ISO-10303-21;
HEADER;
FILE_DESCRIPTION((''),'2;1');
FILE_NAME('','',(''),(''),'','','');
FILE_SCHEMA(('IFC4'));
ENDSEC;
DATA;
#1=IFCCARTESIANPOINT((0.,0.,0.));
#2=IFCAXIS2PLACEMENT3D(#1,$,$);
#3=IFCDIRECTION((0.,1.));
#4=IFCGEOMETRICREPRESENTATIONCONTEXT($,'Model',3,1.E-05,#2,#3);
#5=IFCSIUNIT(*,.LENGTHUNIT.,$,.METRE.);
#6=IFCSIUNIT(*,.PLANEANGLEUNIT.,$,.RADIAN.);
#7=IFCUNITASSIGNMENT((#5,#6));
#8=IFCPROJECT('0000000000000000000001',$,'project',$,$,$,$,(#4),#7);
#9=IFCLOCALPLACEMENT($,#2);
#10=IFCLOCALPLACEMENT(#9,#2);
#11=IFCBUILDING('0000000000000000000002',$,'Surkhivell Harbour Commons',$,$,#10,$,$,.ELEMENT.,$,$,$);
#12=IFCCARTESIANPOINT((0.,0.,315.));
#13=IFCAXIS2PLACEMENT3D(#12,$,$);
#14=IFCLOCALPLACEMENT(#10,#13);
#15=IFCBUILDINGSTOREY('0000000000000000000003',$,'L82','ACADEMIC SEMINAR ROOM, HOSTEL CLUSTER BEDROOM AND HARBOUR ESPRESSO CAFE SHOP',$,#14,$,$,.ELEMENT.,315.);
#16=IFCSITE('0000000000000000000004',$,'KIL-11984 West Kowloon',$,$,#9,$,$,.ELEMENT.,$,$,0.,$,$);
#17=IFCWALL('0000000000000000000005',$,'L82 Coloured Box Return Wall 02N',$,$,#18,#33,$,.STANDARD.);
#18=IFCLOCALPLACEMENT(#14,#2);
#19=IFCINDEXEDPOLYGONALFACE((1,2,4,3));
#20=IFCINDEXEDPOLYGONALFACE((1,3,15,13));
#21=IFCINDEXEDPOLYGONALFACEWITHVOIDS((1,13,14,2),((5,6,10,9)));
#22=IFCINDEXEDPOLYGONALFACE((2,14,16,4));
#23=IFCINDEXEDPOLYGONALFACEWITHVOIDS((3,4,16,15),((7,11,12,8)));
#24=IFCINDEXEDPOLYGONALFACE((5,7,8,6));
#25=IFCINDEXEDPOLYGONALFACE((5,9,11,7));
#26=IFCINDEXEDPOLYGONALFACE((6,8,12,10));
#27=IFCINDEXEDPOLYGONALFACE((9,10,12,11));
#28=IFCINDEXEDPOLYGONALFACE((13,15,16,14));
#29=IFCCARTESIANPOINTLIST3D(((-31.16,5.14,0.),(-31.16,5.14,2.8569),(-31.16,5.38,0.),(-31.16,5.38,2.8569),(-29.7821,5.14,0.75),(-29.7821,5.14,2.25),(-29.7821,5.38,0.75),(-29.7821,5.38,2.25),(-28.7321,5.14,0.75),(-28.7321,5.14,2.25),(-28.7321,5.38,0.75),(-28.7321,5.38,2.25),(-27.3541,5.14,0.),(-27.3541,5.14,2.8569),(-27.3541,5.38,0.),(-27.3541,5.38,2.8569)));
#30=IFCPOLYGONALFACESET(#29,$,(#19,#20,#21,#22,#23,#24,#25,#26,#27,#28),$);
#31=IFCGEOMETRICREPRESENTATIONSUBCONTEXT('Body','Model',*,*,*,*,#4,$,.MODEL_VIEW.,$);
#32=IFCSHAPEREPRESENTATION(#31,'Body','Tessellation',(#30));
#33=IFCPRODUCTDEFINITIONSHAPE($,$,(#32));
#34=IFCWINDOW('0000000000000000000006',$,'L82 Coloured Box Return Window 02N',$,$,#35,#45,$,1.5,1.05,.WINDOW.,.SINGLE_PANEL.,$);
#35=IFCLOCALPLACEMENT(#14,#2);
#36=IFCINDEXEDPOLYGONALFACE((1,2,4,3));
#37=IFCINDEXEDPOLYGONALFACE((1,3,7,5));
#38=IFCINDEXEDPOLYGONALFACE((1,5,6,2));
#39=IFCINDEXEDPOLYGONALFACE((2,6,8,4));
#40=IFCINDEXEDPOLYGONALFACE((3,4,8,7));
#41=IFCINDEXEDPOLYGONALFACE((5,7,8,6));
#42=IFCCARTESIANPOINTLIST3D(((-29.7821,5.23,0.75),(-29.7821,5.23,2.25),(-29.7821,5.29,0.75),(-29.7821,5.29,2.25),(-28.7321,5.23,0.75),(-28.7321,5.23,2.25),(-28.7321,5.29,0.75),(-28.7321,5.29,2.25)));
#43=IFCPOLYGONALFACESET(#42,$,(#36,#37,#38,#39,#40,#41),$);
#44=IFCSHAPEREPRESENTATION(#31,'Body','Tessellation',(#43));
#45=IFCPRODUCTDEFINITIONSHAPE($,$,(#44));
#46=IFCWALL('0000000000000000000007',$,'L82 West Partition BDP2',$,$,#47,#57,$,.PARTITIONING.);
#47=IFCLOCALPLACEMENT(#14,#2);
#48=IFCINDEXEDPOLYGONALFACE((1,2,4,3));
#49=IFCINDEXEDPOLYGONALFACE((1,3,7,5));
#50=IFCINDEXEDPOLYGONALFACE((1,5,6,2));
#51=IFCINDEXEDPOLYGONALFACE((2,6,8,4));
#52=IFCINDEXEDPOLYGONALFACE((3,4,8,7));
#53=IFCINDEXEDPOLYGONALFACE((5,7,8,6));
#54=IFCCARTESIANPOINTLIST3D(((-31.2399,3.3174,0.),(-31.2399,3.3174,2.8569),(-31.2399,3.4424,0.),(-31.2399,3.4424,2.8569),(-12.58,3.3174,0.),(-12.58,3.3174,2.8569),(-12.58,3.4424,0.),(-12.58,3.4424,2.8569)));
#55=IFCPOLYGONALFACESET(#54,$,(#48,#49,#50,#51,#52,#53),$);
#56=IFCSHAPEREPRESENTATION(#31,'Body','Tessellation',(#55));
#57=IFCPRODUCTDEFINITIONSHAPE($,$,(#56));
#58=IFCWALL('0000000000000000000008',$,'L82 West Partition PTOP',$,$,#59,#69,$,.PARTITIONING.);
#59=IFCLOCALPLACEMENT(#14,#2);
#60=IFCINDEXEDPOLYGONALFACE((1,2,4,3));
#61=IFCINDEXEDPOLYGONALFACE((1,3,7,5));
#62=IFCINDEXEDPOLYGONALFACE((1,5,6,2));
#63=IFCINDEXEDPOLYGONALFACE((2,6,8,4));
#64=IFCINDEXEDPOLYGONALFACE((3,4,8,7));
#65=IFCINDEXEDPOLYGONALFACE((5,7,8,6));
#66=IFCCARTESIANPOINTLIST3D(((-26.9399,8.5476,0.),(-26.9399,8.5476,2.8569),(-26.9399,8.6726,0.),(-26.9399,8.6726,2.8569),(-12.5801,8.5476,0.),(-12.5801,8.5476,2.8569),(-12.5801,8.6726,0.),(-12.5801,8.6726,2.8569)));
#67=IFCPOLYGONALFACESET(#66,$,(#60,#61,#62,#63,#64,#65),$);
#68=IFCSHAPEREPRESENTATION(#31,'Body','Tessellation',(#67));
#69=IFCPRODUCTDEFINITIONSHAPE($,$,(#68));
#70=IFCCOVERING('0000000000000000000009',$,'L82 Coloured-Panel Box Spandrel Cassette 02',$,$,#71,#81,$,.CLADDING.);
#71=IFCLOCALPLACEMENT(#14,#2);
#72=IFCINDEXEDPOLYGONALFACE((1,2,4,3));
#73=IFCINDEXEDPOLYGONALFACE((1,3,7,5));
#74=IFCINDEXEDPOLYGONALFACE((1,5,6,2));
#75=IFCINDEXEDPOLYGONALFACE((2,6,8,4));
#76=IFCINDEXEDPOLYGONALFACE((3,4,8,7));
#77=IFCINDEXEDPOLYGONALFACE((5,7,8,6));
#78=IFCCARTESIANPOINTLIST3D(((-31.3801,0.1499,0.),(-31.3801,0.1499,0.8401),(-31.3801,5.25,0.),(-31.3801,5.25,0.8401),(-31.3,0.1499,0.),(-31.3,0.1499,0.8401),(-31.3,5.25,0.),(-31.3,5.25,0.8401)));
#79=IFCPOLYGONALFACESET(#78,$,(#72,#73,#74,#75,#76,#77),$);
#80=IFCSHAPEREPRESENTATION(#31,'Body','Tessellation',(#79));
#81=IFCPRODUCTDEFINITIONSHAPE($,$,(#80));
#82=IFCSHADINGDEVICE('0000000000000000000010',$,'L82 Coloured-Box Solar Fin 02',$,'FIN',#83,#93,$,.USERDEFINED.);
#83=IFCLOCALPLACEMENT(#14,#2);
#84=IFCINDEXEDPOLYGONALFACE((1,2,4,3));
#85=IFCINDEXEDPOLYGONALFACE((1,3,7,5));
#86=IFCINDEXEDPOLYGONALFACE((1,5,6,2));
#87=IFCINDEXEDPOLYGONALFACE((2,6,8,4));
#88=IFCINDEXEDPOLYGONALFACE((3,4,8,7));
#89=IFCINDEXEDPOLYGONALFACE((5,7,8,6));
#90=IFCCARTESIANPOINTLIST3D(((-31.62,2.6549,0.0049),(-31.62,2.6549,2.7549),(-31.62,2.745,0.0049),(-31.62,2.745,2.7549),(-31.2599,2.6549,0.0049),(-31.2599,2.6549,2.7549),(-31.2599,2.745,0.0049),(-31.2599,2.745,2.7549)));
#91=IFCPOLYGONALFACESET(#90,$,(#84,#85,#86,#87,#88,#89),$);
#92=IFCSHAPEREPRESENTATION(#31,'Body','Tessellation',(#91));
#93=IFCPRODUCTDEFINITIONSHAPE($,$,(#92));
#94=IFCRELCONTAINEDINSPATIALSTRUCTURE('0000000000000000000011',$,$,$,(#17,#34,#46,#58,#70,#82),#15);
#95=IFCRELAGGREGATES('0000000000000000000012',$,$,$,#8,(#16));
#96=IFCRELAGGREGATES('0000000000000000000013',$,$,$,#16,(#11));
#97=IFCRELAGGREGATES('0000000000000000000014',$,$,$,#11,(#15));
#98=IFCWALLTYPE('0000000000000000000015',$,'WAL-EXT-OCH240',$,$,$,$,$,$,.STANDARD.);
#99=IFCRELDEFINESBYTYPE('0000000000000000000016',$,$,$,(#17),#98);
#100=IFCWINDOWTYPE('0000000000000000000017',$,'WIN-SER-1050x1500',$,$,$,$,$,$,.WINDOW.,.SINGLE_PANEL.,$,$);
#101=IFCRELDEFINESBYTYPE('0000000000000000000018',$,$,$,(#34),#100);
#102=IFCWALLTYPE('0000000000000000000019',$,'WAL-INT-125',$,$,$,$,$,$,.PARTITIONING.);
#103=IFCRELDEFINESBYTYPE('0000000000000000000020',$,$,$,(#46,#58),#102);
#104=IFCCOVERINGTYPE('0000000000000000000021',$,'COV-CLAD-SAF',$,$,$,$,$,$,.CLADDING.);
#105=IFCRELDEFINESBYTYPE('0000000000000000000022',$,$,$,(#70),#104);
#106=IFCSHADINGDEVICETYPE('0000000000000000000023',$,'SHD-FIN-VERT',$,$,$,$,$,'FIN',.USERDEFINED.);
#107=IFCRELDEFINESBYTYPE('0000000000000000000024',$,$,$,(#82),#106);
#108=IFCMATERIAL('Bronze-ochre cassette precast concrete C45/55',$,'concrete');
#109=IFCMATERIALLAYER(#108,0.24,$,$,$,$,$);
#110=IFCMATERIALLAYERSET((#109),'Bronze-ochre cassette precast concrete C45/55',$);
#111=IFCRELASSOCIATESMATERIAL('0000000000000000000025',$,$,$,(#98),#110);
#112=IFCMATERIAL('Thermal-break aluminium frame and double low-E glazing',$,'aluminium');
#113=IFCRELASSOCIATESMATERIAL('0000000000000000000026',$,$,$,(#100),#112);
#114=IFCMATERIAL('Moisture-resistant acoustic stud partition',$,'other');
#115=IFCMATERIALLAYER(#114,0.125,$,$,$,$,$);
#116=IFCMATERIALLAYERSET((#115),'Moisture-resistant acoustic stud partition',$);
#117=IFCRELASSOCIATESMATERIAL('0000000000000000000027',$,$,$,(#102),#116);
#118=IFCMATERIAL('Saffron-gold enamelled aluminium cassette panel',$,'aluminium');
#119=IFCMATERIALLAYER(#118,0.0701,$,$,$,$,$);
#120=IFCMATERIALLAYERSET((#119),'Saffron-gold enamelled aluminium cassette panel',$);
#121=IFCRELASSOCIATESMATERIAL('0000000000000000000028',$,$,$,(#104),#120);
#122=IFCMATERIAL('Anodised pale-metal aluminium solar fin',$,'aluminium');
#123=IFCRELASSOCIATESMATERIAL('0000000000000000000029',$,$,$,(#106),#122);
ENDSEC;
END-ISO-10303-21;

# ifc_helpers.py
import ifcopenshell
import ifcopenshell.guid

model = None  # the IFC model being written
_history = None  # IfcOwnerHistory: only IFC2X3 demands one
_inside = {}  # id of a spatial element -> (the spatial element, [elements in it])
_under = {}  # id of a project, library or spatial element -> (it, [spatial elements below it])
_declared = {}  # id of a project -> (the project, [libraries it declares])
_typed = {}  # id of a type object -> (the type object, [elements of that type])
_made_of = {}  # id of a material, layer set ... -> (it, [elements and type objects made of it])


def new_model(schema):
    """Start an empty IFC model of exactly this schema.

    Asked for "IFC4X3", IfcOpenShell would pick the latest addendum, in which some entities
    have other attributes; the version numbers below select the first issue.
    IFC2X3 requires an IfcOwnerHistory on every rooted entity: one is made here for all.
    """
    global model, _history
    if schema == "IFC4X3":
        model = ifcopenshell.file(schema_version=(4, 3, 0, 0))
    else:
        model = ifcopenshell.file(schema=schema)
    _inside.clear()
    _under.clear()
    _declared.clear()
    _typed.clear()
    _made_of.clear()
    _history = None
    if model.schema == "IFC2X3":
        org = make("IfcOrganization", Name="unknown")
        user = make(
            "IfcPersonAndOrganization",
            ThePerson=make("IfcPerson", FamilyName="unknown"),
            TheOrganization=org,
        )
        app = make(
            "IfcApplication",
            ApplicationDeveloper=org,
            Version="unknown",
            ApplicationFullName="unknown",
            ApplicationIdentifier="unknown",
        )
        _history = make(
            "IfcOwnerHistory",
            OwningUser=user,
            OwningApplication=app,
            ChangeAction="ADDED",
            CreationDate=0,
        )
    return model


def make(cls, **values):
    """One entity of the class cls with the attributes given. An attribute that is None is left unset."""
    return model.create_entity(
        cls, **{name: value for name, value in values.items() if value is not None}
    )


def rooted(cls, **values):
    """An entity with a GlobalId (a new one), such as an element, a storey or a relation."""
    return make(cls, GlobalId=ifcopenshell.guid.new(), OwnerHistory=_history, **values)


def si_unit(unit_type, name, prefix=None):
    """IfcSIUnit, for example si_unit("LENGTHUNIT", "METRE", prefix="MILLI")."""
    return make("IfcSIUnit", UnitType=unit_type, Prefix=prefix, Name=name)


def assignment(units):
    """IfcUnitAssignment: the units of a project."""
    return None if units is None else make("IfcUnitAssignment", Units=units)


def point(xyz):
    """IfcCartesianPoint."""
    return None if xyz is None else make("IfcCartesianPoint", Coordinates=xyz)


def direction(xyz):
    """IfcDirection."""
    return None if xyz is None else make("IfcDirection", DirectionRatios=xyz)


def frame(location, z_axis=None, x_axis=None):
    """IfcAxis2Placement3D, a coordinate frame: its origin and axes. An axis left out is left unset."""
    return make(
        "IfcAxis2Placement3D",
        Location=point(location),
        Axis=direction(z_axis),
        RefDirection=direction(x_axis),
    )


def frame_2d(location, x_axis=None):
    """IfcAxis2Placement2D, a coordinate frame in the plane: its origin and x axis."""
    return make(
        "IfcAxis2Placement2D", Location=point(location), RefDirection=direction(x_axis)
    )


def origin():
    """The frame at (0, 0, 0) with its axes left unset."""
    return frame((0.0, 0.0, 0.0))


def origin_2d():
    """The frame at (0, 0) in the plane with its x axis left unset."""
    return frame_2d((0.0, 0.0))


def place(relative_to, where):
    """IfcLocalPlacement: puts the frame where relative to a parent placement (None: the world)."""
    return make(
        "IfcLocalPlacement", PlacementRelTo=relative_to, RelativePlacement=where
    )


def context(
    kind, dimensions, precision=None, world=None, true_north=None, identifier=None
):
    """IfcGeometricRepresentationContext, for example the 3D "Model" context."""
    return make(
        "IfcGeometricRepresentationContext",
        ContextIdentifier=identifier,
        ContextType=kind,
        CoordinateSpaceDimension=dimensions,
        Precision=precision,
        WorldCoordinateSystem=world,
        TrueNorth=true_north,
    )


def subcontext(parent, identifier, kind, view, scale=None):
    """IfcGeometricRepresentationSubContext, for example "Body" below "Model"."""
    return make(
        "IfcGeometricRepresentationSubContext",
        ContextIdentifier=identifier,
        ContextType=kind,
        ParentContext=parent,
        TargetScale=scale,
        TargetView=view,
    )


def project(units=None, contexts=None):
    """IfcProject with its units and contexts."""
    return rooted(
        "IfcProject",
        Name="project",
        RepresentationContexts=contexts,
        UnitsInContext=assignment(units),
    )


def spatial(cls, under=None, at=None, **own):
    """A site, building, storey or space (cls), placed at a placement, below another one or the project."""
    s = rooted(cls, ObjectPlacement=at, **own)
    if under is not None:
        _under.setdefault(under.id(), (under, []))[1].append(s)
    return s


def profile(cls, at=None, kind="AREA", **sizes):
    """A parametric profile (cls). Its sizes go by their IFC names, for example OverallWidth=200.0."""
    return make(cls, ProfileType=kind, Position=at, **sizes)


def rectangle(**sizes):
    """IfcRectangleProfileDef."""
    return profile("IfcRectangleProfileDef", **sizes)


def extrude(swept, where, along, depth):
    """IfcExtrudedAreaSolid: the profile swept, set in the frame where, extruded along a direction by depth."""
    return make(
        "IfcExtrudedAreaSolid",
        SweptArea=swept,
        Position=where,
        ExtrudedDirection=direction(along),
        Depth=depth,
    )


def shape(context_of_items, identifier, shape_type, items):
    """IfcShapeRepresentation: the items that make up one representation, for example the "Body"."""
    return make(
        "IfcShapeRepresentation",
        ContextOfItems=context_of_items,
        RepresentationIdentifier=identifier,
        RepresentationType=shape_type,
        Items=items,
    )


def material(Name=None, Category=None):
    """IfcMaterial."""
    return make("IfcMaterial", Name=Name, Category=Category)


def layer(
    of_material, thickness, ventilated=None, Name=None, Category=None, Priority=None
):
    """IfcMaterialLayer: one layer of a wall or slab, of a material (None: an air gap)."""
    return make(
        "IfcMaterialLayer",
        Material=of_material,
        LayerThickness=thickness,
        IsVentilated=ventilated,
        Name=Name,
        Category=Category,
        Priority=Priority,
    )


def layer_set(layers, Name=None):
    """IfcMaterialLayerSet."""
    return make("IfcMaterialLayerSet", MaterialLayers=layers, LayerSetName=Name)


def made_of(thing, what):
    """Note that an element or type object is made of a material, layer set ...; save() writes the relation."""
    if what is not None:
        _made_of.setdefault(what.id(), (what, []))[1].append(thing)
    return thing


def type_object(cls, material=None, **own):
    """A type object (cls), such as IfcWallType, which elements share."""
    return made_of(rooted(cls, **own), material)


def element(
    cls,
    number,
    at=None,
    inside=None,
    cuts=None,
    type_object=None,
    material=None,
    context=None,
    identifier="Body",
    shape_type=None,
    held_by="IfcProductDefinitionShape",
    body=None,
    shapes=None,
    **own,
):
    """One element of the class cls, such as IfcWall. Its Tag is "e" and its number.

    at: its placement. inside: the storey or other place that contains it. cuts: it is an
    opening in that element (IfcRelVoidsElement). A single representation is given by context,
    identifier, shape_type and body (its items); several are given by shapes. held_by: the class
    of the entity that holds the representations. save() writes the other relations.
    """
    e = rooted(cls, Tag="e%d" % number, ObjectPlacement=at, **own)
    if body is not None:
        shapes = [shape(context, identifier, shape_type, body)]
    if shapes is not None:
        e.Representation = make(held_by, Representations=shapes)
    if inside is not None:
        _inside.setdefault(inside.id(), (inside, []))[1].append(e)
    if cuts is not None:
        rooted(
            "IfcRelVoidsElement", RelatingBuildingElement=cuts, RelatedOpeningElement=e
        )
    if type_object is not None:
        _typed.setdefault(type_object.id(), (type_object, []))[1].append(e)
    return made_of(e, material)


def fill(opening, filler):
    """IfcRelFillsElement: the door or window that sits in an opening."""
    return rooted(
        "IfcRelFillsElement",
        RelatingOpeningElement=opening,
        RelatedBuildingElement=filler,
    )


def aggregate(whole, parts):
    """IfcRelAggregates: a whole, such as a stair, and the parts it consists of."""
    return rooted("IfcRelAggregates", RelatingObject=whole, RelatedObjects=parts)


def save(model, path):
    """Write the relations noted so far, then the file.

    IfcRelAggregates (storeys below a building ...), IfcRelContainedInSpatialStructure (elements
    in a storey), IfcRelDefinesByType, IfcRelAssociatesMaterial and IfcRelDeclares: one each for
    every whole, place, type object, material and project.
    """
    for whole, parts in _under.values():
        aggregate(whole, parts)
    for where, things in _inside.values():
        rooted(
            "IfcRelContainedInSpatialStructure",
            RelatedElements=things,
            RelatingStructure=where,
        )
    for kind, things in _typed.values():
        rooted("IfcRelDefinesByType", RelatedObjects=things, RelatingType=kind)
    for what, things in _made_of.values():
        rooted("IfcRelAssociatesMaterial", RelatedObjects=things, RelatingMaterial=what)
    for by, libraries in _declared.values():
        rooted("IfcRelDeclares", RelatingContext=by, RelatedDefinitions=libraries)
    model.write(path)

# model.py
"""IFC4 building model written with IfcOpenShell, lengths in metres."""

from ifc_helpers import new_model, si_unit, direction, frame, frame_2d, origin, origin_2d, place, context, subcontext, project, spatial, rectangle, extrude, material, layer, layer_set, type_object, element, fill, save


model = new_model("IFC4")

# Units and contexts
model_context = context("Model", 3, precision=1e-05, world=origin(), true_north=direction((0.0, 1.0)))
body_context = subcontext(model_context, "Body", "Model", "MODEL_VIEW")
ifc_project = project(units=[si_unit("LENGTHUNIT", "METRE"), si_unit("PLANEANGLEUNIT", "RADIAN")], contexts=[model_context])

# Site, building, storey
site_placement = place(None, origin())
site = spatial("IfcSite", under=ifc_project, at=site_placement, Name="KIL-11984 West Kowloon", CompositionType="ELEMENT", RefElevation=0.0)
building_placement = place(site_placement, origin())
building = spatial("IfcBuilding", under=site, at=building_placement, Name="Surkhivell Harbour Commons", CompositionType="ELEMENT")
storey_placement = place(building_placement, frame((0.0, 0.0, 315.0)))
storey = spatial("IfcBuildingStorey", under=building, at=storey_placement, Name="L82", Description="ACADEMIC SEMINAR ROOM, HOSTEL CLUSTER BEDROOM AND HARBOUR ESPRESSO CAFE SHOP", CompositionType="ELEMENT", Elevation=315.0)

# Wall, opening, window
ifc_material_1 = material(Name="Bronze-ochre cassette precast concrete C45/55", Category="concrete")
ifc_layer_1 = layer(ifc_material_1, 0.24)
ifc_layer_set_1 = layer_set([ifc_layer_1], Name="Bronze-ochre cassette precast concrete C45/55")
wall_type_1 = type_object("IfcWallType", Name="WAL-EXT-OCH240", PredefinedType="STANDARD", material=ifc_layer_set_1)
ifc_material_2 = material(Name="Thermal-break aluminium frame and double low-E glazing", Category="aluminium")
window_type_1 = type_object("IfcWindowType", Name="WIN-SER-1050x1500", PartitioningType="SINGLE_PANEL", PredefinedType="WINDOW", material=ifc_material_2)
wall_1_placement = place(storey_placement, frame((-31.1599, 5.26, 0.0), z_axis=(0.0, 0.0, 1.0), x_axis=(1.0, 0.0, 0.0)))
wall_1 = element("IfcWall", 1, at=wall_1_placement, inside=storey, type_object=wall_type_1, Name="L82 Coloured Box Return Wall 02N", PredefinedType="STANDARD", context=body_context, shape_type="SweptSolid", body=[
    extrude(rectangle(XDim=3.8059, YDim=0.24, at=frame_2d((1.9028, 0.0))), origin(), (0.0, 0.0, 1.0), 2.8569),
])
opening_1_placement = place(wall_1_placement, frame((1.3779, 0.0, 0.75)))
opening_1 = element("IfcOpeningElement", 2, at=opening_1_placement, cuts=wall_1, PredefinedType="OPENING", context=body_context, shape_type="SweptSolid", body=[
    extrude(rectangle(XDim=1.05, YDim=1.5, at=frame_2d((0.5249, 0.75))), frame((0.0, 0.1299, 0.0), z_axis=(0.0, -1.0, 0.0), x_axis=(1.0, 0.0, 0.0)), (0.0, 0.0, 1.0), 0.26),
])
window_1_placement = place(opening_1_placement, origin())
window_1 = element("IfcWindow", 3, at=window_1_placement, inside=storey, type_object=window_type_1, Name="L82 Coloured Box Return Window 02N", OverallHeight=1.5, OverallWidth=1.05, PartitioningType="SINGLE_PANEL", PredefinedType="WINDOW", context=body_context, shape_type="SweptSolid", body=[
    extrude(rectangle(XDim=1.05, YDim=1.5, at=frame_2d((0.5249, 0.75))), frame((0.0, 0.03, 0.0), z_axis=(0.0, -1.0, 0.0), x_axis=(1.0, 0.0, 0.0)), (0.0, 0.0, 1.0), 0.0601),
])
fill(opening_1, window_1)

# Walls
ifc_material_3 = material(Name="Moisture-resistant acoustic stud partition", Category="other")
ifc_layer_2 = layer(ifc_material_3, 0.125)
ifc_layer_set_2 = layer_set([ifc_layer_2], Name="Moisture-resistant acoustic stud partition")
wall_type_2 = type_object("IfcWallType", Name="WAL-INT-125", PredefinedType="PARTITIONING", material=ifc_layer_set_2)
wall_2_placement = place(storey_placement, frame((-31.24, 3.3799, 0.0), z_axis=(0.0, 0.0, 1.0), x_axis=(1.0, 0.0, 0.0)))
element("IfcWall", 4, at=wall_2_placement, inside=storey, type_object=wall_type_2, Name="L82 West Partition BDP2", PredefinedType="PARTITIONING", context=body_context, shape_type="SweptSolid", body=[
    extrude(rectangle(XDim=18.6599, YDim=0.125, at=frame_2d((9.3301, 0.0))), origin(), (0.0, 0.0, 1.0), 2.8569),
])
wall_3_placement = place(storey_placement, frame((-26.9399, 8.6101, 0.0), z_axis=(0.0, 0.0, 1.0), x_axis=(1.0, 0.0, 0.0)))
element("IfcWall", 5, at=wall_3_placement, inside=storey, type_object=wall_type_2, Name="L82 West Partition PTOP", PredefinedType="PARTITIONING", context=body_context, shape_type="SweptSolid", body=[
    extrude(rectangle(XDim=14.3599, YDim=0.125, at=frame_2d((7.1799, 0.0))), origin(), (0.0, 0.0, 1.0), 2.8569),
])

# Covering
ifc_material_4 = material(Name="Saffron-gold enamelled aluminium cassette panel", Category="aluminium")
ifc_layer_3 = layer(ifc_material_4, 0.0701)
ifc_layer_set_3 = layer_set([ifc_layer_3], Name="Saffron-gold enamelled aluminium cassette panel")
covering_type = type_object("IfcCoveringType", Name="COV-CLAD-SAF", PredefinedType="CLADDING", material=ifc_layer_set_3)
covering_placement = place(storey_placement, frame((-31.3401, 2.7, 0.0), z_axis=(0.0, 0.0, 1.0), x_axis=(1.0, 0.0, 0.0)))
element("IfcCovering", 6, at=covering_placement, inside=storey, type_object=covering_type, Name="L82 Coloured-Panel Box Spandrel Cassette 02", PredefinedType="CLADDING", context=body_context, shape_type="SweptSolid", body=[
    extrude(rectangle(XDim=0.0801, YDim=5.1001, at=origin_2d()), origin(), (0.0, 0.0, 1.0), 0.8401),
])

# Shading device
ifc_material_5 = material(Name="Anodised pale-metal aluminium solar fin", Category="aluminium")
shading_device_type = type_object("IfcShadingDeviceType", Name="SHD-FIN-VERT", ElementType="FIN", PredefinedType="USERDEFINED", material=ifc_material_5)
shading_device_placement = place(storey_placement, frame((-31.4399, 2.7, 0.0049), z_axis=(0.0, 0.0, 1.0), x_axis=(1.0, 0.0, 0.0)))
element("IfcShadingDevice", 7, at=shading_device_placement, inside=storey, type_object=shading_device_type, Name="L82 Coloured-Box Solar Fin 02", ObjectType="FIN", PredefinedType="USERDEFINED", context=body_context, shape_type="SweptSolid", body=[
    extrude(rectangle(XDim=0.3601, YDim=0.0901, at=origin_2d()), origin(), (0.0, 0.0, 1.0), 2.75),
])

save(model, "model.ifc")
